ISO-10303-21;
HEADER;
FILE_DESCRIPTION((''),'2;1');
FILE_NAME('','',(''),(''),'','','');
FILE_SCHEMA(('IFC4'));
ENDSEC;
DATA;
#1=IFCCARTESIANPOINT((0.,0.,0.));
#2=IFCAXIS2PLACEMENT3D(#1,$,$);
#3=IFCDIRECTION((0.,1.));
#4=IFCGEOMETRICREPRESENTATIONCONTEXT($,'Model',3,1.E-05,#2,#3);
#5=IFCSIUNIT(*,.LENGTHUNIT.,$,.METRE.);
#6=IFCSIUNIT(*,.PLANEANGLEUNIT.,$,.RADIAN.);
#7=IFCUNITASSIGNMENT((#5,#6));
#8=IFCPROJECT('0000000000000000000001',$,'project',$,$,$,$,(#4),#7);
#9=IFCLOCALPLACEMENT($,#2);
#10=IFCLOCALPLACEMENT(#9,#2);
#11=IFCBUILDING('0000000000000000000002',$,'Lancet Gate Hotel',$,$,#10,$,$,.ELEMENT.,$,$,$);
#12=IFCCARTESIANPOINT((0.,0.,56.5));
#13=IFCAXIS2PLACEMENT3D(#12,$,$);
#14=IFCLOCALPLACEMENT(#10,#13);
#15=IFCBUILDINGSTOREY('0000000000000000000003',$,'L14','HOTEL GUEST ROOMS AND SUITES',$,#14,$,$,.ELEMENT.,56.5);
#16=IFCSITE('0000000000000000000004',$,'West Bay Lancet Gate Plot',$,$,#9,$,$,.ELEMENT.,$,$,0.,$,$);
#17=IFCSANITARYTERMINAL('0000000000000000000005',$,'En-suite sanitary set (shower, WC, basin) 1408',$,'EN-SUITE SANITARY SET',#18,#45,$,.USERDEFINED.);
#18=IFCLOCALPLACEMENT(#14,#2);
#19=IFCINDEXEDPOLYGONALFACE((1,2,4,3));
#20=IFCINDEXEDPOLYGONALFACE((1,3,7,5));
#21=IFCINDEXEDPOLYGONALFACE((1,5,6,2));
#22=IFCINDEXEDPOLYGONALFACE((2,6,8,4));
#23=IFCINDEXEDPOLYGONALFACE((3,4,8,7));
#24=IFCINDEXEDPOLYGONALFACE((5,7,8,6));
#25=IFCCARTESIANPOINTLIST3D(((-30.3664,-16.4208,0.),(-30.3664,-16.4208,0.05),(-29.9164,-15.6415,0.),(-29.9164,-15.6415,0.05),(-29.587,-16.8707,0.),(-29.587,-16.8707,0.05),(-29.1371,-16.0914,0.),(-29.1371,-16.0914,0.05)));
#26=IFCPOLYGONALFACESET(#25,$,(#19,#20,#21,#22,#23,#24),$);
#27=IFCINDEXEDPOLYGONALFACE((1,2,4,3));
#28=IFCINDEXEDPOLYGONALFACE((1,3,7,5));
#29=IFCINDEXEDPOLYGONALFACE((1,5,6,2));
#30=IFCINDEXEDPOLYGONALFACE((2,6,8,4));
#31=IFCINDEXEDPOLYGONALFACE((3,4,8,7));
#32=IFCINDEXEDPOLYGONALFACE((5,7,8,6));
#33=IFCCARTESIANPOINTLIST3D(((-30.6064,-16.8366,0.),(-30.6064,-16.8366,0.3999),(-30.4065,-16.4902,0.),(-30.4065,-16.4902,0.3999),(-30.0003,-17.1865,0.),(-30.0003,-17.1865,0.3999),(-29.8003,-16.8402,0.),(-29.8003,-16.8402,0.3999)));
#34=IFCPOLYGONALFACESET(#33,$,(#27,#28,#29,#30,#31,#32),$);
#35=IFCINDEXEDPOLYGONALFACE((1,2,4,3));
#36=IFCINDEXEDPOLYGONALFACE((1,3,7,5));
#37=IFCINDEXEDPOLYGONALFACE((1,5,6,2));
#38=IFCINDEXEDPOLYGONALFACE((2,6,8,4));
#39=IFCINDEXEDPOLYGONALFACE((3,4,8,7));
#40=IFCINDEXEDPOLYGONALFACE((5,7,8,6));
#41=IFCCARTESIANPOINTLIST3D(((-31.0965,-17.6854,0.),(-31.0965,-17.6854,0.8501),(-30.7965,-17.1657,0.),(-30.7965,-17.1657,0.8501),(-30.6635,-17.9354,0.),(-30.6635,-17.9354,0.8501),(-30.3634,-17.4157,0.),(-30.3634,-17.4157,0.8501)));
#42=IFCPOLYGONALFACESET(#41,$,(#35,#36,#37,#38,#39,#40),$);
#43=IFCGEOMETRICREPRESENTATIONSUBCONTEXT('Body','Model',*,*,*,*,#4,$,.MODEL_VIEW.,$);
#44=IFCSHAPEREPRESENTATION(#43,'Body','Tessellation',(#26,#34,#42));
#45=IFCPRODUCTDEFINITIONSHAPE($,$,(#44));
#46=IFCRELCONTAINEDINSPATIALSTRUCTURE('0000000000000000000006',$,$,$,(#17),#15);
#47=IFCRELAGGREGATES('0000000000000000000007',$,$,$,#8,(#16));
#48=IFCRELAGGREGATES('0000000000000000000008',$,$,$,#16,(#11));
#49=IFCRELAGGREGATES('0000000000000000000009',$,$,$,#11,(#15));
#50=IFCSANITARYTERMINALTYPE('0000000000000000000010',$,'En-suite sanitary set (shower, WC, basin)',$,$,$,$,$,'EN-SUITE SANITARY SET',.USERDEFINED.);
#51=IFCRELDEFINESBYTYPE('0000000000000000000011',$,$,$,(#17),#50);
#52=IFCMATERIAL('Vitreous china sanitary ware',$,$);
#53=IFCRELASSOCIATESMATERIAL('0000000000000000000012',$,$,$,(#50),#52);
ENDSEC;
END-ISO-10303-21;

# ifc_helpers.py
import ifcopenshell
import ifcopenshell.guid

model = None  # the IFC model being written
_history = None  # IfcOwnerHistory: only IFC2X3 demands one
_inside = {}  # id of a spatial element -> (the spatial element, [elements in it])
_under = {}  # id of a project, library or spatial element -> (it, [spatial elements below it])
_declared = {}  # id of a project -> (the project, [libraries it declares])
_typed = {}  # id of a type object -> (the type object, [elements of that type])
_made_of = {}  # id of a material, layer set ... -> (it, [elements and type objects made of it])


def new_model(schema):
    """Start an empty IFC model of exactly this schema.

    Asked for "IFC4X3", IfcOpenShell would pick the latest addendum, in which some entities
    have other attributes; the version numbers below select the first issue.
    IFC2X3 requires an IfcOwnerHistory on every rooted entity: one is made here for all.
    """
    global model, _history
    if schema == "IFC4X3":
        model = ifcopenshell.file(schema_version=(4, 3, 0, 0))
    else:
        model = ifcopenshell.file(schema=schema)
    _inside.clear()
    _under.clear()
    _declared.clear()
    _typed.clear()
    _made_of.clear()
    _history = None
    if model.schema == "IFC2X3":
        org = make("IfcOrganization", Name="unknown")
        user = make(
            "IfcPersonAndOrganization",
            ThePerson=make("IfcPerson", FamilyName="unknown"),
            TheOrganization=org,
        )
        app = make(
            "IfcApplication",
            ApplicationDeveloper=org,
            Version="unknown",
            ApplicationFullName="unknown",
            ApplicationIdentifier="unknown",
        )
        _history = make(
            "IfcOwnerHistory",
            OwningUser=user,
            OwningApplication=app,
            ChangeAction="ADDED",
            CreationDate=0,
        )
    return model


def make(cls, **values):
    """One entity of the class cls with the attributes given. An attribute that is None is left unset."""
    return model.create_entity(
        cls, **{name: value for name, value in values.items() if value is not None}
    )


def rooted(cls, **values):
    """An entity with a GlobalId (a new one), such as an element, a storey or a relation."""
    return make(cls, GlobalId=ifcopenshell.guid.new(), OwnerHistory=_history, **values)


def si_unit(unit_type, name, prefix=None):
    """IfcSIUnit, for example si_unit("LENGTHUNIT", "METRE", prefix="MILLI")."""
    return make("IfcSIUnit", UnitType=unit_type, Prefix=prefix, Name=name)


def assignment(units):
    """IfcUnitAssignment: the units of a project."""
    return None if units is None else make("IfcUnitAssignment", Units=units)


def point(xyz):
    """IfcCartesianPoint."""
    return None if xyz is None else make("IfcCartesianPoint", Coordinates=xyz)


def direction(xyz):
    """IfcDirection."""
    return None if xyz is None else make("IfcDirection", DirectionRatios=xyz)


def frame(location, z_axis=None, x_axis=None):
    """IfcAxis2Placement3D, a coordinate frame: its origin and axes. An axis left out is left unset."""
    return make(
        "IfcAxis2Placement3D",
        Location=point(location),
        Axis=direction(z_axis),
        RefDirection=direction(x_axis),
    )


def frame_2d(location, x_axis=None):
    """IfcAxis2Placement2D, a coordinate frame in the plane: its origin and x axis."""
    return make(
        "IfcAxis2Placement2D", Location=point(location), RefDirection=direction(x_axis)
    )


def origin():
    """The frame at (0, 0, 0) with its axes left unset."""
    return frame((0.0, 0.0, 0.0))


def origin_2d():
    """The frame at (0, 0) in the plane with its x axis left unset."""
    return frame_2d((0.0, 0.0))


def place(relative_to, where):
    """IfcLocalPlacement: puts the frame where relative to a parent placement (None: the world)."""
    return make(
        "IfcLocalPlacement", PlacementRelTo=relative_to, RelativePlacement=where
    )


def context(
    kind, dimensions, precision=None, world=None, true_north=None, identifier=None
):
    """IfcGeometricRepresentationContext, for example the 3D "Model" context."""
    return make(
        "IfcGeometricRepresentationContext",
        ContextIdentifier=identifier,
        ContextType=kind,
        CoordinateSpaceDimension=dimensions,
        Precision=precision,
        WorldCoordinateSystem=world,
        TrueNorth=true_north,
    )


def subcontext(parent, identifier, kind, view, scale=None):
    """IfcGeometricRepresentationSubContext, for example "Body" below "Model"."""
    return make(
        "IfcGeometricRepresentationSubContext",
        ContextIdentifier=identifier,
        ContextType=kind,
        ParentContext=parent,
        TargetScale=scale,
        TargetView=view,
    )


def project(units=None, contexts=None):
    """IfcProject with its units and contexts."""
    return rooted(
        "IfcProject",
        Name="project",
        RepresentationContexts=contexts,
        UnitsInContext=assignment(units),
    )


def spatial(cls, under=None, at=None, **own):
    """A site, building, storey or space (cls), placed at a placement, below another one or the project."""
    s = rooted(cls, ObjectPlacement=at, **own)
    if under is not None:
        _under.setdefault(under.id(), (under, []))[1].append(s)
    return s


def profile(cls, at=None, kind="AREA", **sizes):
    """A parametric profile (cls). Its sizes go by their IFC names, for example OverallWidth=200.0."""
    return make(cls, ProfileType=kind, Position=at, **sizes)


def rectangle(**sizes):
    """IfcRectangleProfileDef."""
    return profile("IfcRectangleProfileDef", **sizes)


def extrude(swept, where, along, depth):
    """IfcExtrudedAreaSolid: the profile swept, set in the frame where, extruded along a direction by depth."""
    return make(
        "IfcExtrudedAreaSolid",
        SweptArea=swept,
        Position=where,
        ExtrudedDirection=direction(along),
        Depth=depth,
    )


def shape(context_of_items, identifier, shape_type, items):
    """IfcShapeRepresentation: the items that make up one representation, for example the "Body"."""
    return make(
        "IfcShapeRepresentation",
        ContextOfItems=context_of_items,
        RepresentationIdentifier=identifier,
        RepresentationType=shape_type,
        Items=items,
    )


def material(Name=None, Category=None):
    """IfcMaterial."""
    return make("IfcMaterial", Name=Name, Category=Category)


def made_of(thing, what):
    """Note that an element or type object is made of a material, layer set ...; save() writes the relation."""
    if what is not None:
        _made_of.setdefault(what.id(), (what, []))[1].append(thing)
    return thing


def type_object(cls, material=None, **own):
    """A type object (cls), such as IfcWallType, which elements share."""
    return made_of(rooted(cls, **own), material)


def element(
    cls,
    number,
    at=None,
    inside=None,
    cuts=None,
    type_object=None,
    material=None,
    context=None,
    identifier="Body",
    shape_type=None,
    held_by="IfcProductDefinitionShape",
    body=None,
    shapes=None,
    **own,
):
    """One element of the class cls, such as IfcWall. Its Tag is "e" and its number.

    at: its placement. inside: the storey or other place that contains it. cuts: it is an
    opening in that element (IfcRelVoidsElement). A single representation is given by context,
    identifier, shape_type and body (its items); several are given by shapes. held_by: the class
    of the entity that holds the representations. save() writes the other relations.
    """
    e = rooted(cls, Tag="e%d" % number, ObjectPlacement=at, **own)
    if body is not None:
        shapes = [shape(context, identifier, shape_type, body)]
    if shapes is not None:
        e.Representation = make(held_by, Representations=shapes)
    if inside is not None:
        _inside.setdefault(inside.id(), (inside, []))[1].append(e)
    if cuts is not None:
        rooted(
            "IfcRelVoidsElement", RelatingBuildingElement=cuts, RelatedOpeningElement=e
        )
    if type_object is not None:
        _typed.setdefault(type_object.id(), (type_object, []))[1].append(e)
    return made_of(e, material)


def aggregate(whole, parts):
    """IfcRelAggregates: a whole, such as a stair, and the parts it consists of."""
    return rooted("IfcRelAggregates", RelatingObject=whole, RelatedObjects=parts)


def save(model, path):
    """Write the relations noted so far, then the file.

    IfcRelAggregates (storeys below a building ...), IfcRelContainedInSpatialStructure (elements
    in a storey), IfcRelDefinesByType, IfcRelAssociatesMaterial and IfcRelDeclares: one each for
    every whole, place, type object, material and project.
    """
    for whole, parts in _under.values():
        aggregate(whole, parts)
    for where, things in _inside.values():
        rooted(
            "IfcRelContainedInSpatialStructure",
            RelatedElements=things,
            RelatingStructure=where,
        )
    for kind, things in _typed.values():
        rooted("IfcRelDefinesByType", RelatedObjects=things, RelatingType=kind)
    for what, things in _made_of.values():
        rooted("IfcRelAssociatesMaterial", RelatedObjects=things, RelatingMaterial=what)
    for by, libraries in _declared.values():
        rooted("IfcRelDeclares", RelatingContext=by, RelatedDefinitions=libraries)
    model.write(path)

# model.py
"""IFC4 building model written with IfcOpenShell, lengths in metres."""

from ifc_helpers import new_model, si_unit, direction, frame, origin, origin_2d, place, context, subcontext, project, spatial, rectangle, extrude, material, type_object, element, save


model = new_model("IFC4")

# Units and contexts
model_context = context("Model", 3, precision=1e-05, world=origin(), true_north=direction((0.0, 1.0)))
body_context = subcontext(model_context, "Body", "Model", "MODEL_VIEW")
ifc_project = project(units=[si_unit("LENGTHUNIT", "METRE"), si_unit("PLANEANGLEUNIT", "RADIAN")], contexts=[model_context])

# Site, building, storey
site_placement = place(None, origin())
site = spatial("IfcSite", under=ifc_project, at=site_placement, Name="West Bay Lancet Gate Plot", CompositionType="ELEMENT", RefElevation=0.0)
building_placement = place(site_placement, origin())
building = spatial("IfcBuilding", under=site, at=building_placement, Name="Lancet Gate Hotel", CompositionType="ELEMENT")
storey_placement = place(building_placement, frame((0.0, 0.0, 56.5)))
storey = spatial("IfcBuildingStorey", under=building, at=storey_placement, Name="L14", Description="HOTEL GUEST ROOMS AND SUITES", CompositionType="ELEMENT", Elevation=56.5)

# Sanitary terminal
ifc_material_1 = material(Name="Vitreous china sanitary ware")
sanitary_terminal_type = type_object("IfcSanitaryTerminalType", Name="En-suite sanitary set (shower, WC, basin)", ElementType="EN-SUITE SANITARY SET", PredefinedType="USERDEFINED", material=ifc_material_1)
sanitary_terminal_placement = place(storey_placement, frame((-29.7517, -16.2561, 0.0), z_axis=(0.0, 0.0, 1.0), x_axis=(1.0, 0.0, 0.0)))
element("IfcSanitaryTerminal", 1, at=sanitary_terminal_placement, inside=storey, type_object=sanitary_terminal_type, Name="En-suite sanitary set (shower, WC, basin) 1408", ObjectType="EN-SUITE SANITARY SET", PredefinedType="USERDEFINED", context=body_context, shape_type="SweptSolid", body=[
    extrude(rectangle(XDim=0.8999, YDim=0.8999, at=origin_2d()), frame((0.0, 0.0, 0.0), z_axis=(0.0, 0.0, 1.0), x_axis=(0.5, 0.866025, 0.0)), (0.0, 0.0, 1.0), 0.05),
    extrude(rectangle(XDim=0.3999, YDim=0.7, at=origin_2d()), frame((-0.4517, -0.5823, 0.0), z_axis=(0.0, 0.0, 1.0), x_axis=(0.5, 0.866025, 0.0)), (0.0, 0.0, 1.0), 0.3999),
    extrude(rectangle(XDim=0.6001, YDim=0.5, at=origin_2d()), frame((-0.9783, -1.2944, 0.0), z_axis=(0.0, 0.0, 1.0), x_axis=(0.5, 0.866025, 0.0)), (0.0, 0.0, 1.0), 0.8501),
])

save(model, "model.ifc")
